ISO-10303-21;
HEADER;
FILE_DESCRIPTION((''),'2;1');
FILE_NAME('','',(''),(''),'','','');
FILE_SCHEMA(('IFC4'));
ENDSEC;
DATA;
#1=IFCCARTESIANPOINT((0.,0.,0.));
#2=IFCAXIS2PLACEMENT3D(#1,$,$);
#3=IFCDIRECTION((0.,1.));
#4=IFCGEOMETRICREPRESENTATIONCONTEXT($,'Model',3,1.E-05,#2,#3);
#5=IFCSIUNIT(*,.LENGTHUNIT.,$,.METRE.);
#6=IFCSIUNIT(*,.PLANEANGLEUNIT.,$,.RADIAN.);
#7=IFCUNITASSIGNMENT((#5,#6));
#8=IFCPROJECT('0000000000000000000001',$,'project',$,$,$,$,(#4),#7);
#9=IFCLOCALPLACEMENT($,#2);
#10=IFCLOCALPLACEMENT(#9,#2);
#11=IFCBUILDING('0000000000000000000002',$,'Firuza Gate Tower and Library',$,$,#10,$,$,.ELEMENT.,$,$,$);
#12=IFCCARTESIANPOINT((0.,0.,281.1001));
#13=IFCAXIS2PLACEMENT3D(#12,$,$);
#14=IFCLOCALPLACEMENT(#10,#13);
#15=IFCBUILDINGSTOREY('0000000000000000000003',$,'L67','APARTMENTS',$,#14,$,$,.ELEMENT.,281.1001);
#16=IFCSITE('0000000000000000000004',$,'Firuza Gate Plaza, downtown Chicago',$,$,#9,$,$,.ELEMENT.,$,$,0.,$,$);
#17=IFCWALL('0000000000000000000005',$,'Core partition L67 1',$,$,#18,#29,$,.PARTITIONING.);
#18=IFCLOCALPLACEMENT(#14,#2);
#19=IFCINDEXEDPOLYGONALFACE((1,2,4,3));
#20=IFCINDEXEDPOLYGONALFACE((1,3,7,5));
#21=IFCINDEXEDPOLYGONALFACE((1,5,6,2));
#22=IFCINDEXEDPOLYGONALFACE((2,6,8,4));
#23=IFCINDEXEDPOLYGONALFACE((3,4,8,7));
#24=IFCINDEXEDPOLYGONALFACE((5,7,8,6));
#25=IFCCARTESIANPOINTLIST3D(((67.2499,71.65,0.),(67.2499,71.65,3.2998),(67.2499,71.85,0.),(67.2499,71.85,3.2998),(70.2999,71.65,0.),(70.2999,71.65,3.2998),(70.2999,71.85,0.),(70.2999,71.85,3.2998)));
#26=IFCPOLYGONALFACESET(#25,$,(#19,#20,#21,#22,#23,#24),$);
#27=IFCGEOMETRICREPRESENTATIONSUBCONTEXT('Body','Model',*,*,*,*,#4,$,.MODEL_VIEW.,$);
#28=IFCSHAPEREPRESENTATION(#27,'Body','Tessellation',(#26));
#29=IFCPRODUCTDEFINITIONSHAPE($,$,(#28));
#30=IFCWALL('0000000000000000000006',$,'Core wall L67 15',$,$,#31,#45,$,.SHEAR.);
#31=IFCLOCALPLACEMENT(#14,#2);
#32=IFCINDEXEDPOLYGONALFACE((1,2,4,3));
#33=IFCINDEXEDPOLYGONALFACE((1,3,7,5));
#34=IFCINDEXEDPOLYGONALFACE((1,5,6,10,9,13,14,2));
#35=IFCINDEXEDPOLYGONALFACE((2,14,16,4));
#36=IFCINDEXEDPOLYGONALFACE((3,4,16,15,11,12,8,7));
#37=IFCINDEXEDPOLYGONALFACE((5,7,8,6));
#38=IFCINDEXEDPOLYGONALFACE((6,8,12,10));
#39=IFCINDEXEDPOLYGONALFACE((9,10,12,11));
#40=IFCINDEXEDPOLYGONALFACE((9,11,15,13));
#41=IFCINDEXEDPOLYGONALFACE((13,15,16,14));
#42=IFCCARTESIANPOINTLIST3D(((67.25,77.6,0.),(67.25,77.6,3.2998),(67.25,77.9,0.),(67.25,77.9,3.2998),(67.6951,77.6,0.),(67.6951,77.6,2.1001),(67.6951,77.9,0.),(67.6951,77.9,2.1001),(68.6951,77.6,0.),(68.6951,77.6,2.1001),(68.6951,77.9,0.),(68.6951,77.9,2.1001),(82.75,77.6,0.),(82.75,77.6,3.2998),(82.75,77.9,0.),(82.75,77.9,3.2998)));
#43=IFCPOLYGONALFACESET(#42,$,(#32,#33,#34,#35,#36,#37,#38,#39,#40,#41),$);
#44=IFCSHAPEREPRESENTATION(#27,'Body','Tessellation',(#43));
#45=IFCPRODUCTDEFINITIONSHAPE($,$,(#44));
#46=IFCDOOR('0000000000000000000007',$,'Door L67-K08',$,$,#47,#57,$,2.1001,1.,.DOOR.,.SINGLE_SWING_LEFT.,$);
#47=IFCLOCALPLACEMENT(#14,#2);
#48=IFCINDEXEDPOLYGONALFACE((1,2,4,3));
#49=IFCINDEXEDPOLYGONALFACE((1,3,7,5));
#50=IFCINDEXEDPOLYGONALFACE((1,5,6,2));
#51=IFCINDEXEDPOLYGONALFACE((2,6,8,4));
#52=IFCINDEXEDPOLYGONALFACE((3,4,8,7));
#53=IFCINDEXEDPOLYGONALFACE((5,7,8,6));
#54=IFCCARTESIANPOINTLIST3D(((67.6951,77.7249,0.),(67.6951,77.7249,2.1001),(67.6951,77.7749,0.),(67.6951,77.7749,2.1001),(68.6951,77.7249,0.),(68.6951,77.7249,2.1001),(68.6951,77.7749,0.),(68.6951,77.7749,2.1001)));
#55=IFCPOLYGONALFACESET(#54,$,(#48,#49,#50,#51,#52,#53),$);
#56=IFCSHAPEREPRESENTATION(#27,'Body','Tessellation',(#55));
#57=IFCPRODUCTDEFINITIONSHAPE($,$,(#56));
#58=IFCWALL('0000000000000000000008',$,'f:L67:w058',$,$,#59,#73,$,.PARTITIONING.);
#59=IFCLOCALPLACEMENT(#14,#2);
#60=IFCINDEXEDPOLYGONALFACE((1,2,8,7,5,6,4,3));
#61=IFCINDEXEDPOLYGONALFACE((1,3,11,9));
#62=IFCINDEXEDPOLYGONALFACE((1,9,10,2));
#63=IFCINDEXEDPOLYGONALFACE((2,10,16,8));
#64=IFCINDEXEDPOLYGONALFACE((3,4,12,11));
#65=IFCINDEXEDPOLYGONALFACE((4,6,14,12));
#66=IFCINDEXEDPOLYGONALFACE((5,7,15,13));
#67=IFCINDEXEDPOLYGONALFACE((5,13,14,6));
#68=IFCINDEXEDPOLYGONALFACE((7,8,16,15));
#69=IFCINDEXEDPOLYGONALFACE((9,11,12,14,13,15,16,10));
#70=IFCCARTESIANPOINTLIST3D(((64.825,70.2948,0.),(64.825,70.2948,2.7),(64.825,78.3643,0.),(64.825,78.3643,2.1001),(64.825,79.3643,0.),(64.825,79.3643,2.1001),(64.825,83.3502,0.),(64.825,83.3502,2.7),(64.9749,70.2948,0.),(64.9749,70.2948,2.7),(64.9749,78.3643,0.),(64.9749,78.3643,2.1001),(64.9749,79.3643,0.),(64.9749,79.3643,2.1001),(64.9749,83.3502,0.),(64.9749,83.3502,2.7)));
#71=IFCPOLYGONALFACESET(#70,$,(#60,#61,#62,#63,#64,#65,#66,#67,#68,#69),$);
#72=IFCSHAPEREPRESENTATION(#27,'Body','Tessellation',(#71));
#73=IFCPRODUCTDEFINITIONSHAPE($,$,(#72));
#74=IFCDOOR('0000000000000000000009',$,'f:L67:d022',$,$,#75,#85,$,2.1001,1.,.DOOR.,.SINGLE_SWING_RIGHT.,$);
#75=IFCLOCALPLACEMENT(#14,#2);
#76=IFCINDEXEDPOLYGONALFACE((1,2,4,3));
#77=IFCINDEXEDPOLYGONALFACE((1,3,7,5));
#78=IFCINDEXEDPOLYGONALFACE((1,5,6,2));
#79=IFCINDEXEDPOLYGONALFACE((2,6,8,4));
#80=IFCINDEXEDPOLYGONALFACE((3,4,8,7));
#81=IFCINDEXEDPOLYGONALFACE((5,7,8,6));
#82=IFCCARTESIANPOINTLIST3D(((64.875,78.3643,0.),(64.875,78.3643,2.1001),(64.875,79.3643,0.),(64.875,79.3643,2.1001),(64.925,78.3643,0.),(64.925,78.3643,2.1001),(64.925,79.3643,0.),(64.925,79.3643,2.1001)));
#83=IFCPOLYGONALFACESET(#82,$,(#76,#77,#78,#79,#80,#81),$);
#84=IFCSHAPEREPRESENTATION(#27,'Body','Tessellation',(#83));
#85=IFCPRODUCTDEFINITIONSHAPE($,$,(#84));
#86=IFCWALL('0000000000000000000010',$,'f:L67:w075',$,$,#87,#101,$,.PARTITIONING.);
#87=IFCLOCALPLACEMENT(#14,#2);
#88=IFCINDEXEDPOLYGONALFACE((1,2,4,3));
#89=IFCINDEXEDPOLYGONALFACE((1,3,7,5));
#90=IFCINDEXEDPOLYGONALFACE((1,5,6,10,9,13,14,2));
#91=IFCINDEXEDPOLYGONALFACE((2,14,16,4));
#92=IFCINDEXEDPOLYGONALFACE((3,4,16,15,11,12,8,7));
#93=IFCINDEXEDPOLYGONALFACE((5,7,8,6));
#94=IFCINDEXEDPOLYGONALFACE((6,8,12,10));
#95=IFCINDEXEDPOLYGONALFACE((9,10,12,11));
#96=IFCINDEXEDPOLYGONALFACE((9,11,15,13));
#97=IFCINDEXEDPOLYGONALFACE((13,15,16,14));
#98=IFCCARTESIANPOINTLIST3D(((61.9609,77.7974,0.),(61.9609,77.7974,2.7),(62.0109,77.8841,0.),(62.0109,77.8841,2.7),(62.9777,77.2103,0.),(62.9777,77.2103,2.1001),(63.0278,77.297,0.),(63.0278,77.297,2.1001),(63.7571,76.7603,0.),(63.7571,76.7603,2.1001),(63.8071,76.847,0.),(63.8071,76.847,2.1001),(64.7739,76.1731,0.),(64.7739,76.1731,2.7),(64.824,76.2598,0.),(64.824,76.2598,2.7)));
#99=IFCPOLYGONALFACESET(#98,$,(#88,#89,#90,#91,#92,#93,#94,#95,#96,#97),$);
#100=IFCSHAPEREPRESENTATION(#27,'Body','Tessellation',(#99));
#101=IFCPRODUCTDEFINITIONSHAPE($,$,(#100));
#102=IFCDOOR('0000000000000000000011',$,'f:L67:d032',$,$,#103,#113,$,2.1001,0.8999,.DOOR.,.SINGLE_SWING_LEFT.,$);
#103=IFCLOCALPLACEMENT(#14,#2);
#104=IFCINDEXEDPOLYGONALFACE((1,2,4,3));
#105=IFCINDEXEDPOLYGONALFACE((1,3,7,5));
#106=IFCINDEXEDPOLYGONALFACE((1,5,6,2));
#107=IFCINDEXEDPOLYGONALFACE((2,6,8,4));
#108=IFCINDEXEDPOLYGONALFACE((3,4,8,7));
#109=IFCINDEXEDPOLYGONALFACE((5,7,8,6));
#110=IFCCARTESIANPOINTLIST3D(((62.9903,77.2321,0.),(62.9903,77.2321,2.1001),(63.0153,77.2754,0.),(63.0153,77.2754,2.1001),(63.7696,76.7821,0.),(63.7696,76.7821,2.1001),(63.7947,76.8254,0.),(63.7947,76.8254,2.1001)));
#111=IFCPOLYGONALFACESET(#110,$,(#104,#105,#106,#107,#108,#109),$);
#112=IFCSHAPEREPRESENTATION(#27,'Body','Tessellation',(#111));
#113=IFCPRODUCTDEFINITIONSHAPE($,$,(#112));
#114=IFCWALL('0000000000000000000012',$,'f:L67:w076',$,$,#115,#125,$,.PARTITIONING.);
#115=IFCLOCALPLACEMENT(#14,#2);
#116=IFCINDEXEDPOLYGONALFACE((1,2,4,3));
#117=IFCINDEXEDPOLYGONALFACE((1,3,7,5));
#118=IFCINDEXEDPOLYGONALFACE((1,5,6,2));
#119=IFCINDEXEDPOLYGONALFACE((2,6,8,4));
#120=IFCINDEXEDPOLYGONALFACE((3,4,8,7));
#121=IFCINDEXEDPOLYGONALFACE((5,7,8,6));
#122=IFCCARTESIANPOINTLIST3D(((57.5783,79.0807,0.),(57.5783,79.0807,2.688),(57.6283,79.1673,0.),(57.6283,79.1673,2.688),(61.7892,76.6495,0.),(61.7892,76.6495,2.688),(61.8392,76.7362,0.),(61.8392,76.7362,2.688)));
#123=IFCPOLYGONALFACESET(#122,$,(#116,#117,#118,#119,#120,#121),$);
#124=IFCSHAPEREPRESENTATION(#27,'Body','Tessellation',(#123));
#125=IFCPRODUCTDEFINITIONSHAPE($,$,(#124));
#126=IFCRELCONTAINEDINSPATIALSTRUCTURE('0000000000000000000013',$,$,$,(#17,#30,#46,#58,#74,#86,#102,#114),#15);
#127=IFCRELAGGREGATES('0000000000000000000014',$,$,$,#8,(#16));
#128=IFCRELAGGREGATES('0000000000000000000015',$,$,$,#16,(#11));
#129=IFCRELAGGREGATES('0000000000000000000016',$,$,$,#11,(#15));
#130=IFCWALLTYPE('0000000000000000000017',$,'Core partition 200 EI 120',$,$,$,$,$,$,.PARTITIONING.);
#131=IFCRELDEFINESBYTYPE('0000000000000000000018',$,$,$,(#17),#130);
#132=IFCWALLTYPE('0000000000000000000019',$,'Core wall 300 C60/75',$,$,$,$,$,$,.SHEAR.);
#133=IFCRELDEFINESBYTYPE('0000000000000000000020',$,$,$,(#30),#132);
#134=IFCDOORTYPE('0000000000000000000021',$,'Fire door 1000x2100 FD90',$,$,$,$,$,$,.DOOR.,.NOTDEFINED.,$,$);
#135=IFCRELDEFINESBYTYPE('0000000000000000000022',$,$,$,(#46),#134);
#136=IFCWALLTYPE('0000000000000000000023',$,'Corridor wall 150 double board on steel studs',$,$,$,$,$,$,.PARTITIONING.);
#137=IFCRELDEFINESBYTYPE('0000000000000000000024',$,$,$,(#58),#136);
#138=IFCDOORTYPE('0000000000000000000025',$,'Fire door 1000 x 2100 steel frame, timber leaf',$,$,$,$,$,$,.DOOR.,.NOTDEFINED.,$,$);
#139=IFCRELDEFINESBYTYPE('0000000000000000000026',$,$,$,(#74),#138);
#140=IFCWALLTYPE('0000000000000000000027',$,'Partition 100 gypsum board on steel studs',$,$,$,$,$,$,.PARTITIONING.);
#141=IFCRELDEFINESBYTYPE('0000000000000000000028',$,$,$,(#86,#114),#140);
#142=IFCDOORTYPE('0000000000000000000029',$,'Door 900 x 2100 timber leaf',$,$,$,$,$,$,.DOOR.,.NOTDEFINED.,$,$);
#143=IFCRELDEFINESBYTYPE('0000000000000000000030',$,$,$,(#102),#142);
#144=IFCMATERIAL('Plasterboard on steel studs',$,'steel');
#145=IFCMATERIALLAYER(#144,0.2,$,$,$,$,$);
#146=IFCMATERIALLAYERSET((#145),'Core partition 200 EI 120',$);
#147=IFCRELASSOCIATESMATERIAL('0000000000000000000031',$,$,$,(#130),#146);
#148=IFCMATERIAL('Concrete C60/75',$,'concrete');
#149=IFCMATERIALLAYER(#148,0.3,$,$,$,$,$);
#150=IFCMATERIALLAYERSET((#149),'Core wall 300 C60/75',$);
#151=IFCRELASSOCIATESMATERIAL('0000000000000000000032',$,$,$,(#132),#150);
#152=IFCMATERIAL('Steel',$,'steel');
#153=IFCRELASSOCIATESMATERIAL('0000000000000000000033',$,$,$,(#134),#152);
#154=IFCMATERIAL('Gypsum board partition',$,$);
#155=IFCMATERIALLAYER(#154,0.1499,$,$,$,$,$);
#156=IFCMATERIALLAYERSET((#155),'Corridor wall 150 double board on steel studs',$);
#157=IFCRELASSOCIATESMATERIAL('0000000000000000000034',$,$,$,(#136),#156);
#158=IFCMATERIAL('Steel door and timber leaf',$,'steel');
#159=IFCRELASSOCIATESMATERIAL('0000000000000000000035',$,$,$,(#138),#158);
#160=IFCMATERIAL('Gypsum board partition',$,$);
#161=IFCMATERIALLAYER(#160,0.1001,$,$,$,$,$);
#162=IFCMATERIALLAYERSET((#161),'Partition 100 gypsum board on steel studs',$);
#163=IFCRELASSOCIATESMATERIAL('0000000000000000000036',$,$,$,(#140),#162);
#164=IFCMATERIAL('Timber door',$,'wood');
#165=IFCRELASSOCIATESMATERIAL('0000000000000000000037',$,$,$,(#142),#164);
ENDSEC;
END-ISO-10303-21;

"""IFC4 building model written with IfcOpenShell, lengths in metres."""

from ifc_helpers import new_model, si_unit, direction, frame, frame_2d, origin, place, context, subcontext, project, spatial, rectangle, extrude, material, layer, layer_set, type_object, element, fill, save


model = new_model("IFC4")

# Units and contexts
model_context = context("Model", 3, precision=1e-05, world=origin(), true_north=direction((0.0, 1.0)))
body_context = subcontext(model_context, "Body", "Model", "MODEL_VIEW")
ifc_project = project(units=[si_unit("LENGTHUNIT", "METRE"), si_unit("PLANEANGLEUNIT", "RADIAN")], contexts=[model_context])

# Site, building, storey
site_placement = place(None, origin())
site = spatial("IfcSite", under=ifc_project, at=site_placement, Name="Firuza Gate Plaza, downtown Chicago", CompositionType="ELEMENT", RefElevation=0.0)
building_placement = place(site_placement, origin())
building = spatial("IfcBuilding", under=site, at=building_placement, Name="Firuza Gate Tower and Library", CompositionType="ELEMENT")
storey_placement = place(building_placement, frame((0.0, 0.0, 281.1001)))
storey = spatial("IfcBuildingStorey", under=building, at=storey_placement, Name="L67", Description="APARTMENTS", CompositionType="ELEMENT", Elevation=281.1001)

# Wall
ifc_material_1 = material(Name="Plasterboard on steel studs", Category="steel")
ifc_layer_1 = layer(ifc_material_1, 0.2)
ifc_layer_set_1 = layer_set([ifc_layer_1], Name="Core partition 200 EI 120")
wall_type_1 = type_object("IfcWallType", Name="Core partition 200 EI 120", PredefinedType="PARTITIONING", material=ifc_layer_set_1)
wall_1_placement = place(storey_placement, frame((67.25, 71.75, 0.0), z_axis=(0.0, 0.0, 1.0), x_axis=(1.0, 0.0, 0.0)))
element("IfcWall", 1, at=wall_1_placement, inside=storey, type_object=wall_type_1, Name="Core partition L67 1", PredefinedType="PARTITIONING", context=body_context, shape_type="SweptSolid", body=[
    extrude(rectangle(XDim=3.05, YDim=0.2, at=frame_2d((1.5249, 0.0))), origin(), (0.0, 0.0, 1.0), 3.2998),
])

# Walls, openings, doors
ifc_material_2 = material(Name="Concrete C60/75", Category="concrete")
ifc_layer_2 = layer(ifc_material_2, 0.3)
ifc_layer_set_2 = layer_set([ifc_layer_2], Name="Core wall 300 C60/75")
wall_type_2 = type_object("IfcWallType", Name="Core wall 300 C60/75", PredefinedType="SHEAR", material=ifc_layer_set_2)
wall_2_placement = place(storey_placement, frame((67.25, 77.75, 0.0), z_axis=(0.0, 0.0, 1.0), x_axis=(1.0, 0.0, 0.0)))
wall_2 = element("IfcWall", 2, at=wall_2_placement, inside=storey, type_object=wall_type_2, Name="Core wall L67 15", PredefinedType="SHEAR", context=body_context, shape_type="SweptSolid", body=[
    extrude(rectangle(XDim=15.5, YDim=0.3, at=frame_2d((7.75, 0.0))), origin(), (0.0, 0.0, 1.0), 3.2998),
])
opening_1_placement = place(wall_2_placement, frame((0.4451, 0.0, 0.0)))
opening_1 = element("IfcOpeningElement", 3, at=opening_1_placement, cuts=wall_2, PredefinedType="OPENING", context=body_context, shape_type="SweptSolid", body=[
    extrude(rectangle(XDim=1.0, YDim=2.1001, at=frame_2d((0.5, 1.05))), frame((0.0, 0.1602, 0.0), z_axis=(0.0, -1.0, 0.0), x_axis=(1.0, 0.0, 0.0)), (0.0, 0.0, 1.0), 0.3201),
])
ifc_material_3 = material(Name="Steel", Category="steel")
door_type_1 = type_object("IfcDoorType", Name="Fire door 1000x2100 FD90", OperationType="NOTDEFINED", PredefinedType="DOOR", material=ifc_material_3)
door_1_placement = place(opening_1_placement, origin())
door_1 = element("IfcDoor", 4, at=door_1_placement, inside=storey, type_object=door_type_1, Name="Door L67-K08", OperationType="SINGLE_SWING_LEFT", OverallHeight=2.1001, OverallWidth=1.0, PredefinedType="DOOR", context=body_context, shape_type="SweptSolid", body=[
    extrude(rectangle(XDim=1.0, YDim=2.1001, at=frame_2d((0.5, 1.05))), frame((0.0, 0.0249, 0.0), z_axis=(0.0, -1.0, 0.0), x_axis=(1.0, 0.0, 0.0)), (0.0, 0.0, 1.0), 0.05),
])
fill(opening_1, door_1)
ifc_material_4 = material(Name="Gypsum board partition")
ifc_layer_3 = layer(ifc_material_4, 0.1499)
ifc_layer_set_3 = layer_set([ifc_layer_3], Name="Corridor wall 150 double board on steel studs")
wall_type_3 = type_object("IfcWallType", Name="Corridor wall 150 double board on steel studs", PredefinedType="PARTITIONING", material=ifc_layer_set_3)
wall_3_placement = place(storey_placement, frame((64.8999, 70.2947, 0.0), z_axis=(0.0, 0.0, 1.0), x_axis=(0.0, 1.0, 0.0)))
wall_3 = element("IfcWall", 5, at=wall_3_placement, inside=storey, type_object=wall_type_3, Name="f:L67:w058", PredefinedType="PARTITIONING", context=body_context, shape_type="SweptSolid", body=[
    extrude(rectangle(XDim=13.0554, YDim=0.1499, at=frame_2d((6.5278, 0.0))), origin(), (0.0, 0.0, 1.0), 2.7),
])
opening_2_placement = place(wall_3_placement, frame((8.0696, 0.0, 0.0)))
opening_2 = element("IfcOpeningElement", 6, at=opening_2_placement, cuts=wall_3, PredefinedType="OPENING", context=body_context, shape_type="SweptSolid", body=[
    extrude(rectangle(XDim=1.0, YDim=2.1001, at=frame_2d((0.5, 1.05))), frame((0.0, 0.085, 0.0), z_axis=(0.0, -1.0, 0.0), x_axis=(1.0, 0.0, 0.0)), (0.0, 0.0, 1.0), 0.1699),
])
ifc_material_5 = material(Name="Steel door and timber leaf", Category="steel")
door_type_2 = type_object("IfcDoorType", Name="Fire door 1000 x 2100 steel frame, timber leaf", OperationType="NOTDEFINED", PredefinedType="DOOR", material=ifc_material_5)
door_2_placement = place(opening_2_placement, origin())
door_2 = element("IfcDoor", 7, at=door_2_placement, inside=storey, type_object=door_type_2, Name="f:L67:d022", OperationType="SINGLE_SWING_RIGHT", OverallHeight=2.1001, OverallWidth=1.0, PredefinedType="DOOR", context=body_context, shape_type="SweptSolid", body=[
    extrude(rectangle(XDim=1.0, YDim=2.1001, at=frame_2d((0.5, 1.05))), frame((0.0, 0.0249, 0.0), z_axis=(0.0, -1.0, 0.0), x_axis=(1.0, 0.0, 0.0)), (0.0, 0.0, 1.0), 0.05),
])
fill(opening_2, door_2)
ifc_material_6 = material(Name="Gypsum board partition")
ifc_layer_4 = layer(ifc_material_6, 0.1001)
ifc_layer_set_4 = layer_set([ifc_layer_4], Name="Partition 100 gypsum board on steel studs")
wall_type_4 = type_object("IfcWallType", Name="Partition 100 gypsum board on steel studs", PredefinedType="PARTITIONING", material=ifc_layer_set_4)
wall_4_placement = place(storey_placement, frame((64.7988, 76.2166, 0.0), z_axis=(0.0, 0.0, 1.0), x_axis=(-0.866, 0.500043, 0.0)))
wall_4 = element("IfcWall", 8, at=wall_4_placement, inside=storey, type_object=wall_type_4, Name="f:L67:w075", PredefinedType="PARTITIONING", context=body_context, shape_type="SweptSolid", body=[
    extrude(rectangle(XDim=3.2483, YDim=0.1001, at=frame_2d((1.624, 0.0))), origin(), (0.0, 0.0, 1.0), 2.7),
])
opening_3_placement = place(wall_4_placement, frame((1.1741, 0.0, 0.0)))
opening_3 = element("IfcOpeningElement", 9, at=opening_3_placement, cuts=wall_4, PredefinedType="OPENING", context=body_context, shape_type="SweptSolid", body=[
    extrude(rectangle(XDim=0.8999, YDim=2.1001, at=frame_2d((0.45, 1.05))), frame((0.0, 0.0601, 0.0), z_axis=(0.0, -1.0, 0.0), x_axis=(1.0, 0.0, 0.0)), (0.0, 0.0, 1.0), 0.1201),
])
ifc_material_7 = material(Name="Timber door", Category="wood")
door_type_3 = type_object("IfcDoorType", Name="Door 900 x 2100 timber leaf", OperationType="NOTDEFINED", PredefinedType="DOOR", material=ifc_material_7)
door_3_placement = place(opening_3_placement, origin())
door_3 = element("IfcDoor", 10, at=door_3_placement, inside=storey, type_object=door_type_3, Name="f:L67:d032", OperationType="SINGLE_SWING_LEFT", OverallHeight=2.1001, OverallWidth=0.8999, PredefinedType="DOOR", context=body_context, shape_type="SweptSolid", body=[
    extrude(rectangle(XDim=0.8999, YDim=2.1001, at=frame_2d((0.45, 1.05))), frame((0.0, 0.0249, 0.0), z_axis=(0.0, -1.0, 0.0), x_axis=(1.0, 0.0, 0.0)), (0.0, 0.0, 1.0), 0.05),
])
fill(opening_3, door_3)

# Wall
wall_5_placement = place(storey_placement, frame((61.8142, 76.6929, 0.0), z_axis=(0.0, 0.0, 1.0), x_axis=(-0.866028, 0.499995, 0.0)))
element("IfcWall", 11, at=wall_5_placement, inside=storey, type_object=wall_type_4, Name="f:L67:w076", PredefinedType="PARTITIONING", context=body_context, shape_type="SweptSolid", body=[
    extrude(rectangle(XDim=4.8623, YDim=0.1001, at=frame_2d((2.4312, 0.0))), origin(), (0.0, 0.0, 1.0), 2.688),
])

save(model, "model.ifc")
